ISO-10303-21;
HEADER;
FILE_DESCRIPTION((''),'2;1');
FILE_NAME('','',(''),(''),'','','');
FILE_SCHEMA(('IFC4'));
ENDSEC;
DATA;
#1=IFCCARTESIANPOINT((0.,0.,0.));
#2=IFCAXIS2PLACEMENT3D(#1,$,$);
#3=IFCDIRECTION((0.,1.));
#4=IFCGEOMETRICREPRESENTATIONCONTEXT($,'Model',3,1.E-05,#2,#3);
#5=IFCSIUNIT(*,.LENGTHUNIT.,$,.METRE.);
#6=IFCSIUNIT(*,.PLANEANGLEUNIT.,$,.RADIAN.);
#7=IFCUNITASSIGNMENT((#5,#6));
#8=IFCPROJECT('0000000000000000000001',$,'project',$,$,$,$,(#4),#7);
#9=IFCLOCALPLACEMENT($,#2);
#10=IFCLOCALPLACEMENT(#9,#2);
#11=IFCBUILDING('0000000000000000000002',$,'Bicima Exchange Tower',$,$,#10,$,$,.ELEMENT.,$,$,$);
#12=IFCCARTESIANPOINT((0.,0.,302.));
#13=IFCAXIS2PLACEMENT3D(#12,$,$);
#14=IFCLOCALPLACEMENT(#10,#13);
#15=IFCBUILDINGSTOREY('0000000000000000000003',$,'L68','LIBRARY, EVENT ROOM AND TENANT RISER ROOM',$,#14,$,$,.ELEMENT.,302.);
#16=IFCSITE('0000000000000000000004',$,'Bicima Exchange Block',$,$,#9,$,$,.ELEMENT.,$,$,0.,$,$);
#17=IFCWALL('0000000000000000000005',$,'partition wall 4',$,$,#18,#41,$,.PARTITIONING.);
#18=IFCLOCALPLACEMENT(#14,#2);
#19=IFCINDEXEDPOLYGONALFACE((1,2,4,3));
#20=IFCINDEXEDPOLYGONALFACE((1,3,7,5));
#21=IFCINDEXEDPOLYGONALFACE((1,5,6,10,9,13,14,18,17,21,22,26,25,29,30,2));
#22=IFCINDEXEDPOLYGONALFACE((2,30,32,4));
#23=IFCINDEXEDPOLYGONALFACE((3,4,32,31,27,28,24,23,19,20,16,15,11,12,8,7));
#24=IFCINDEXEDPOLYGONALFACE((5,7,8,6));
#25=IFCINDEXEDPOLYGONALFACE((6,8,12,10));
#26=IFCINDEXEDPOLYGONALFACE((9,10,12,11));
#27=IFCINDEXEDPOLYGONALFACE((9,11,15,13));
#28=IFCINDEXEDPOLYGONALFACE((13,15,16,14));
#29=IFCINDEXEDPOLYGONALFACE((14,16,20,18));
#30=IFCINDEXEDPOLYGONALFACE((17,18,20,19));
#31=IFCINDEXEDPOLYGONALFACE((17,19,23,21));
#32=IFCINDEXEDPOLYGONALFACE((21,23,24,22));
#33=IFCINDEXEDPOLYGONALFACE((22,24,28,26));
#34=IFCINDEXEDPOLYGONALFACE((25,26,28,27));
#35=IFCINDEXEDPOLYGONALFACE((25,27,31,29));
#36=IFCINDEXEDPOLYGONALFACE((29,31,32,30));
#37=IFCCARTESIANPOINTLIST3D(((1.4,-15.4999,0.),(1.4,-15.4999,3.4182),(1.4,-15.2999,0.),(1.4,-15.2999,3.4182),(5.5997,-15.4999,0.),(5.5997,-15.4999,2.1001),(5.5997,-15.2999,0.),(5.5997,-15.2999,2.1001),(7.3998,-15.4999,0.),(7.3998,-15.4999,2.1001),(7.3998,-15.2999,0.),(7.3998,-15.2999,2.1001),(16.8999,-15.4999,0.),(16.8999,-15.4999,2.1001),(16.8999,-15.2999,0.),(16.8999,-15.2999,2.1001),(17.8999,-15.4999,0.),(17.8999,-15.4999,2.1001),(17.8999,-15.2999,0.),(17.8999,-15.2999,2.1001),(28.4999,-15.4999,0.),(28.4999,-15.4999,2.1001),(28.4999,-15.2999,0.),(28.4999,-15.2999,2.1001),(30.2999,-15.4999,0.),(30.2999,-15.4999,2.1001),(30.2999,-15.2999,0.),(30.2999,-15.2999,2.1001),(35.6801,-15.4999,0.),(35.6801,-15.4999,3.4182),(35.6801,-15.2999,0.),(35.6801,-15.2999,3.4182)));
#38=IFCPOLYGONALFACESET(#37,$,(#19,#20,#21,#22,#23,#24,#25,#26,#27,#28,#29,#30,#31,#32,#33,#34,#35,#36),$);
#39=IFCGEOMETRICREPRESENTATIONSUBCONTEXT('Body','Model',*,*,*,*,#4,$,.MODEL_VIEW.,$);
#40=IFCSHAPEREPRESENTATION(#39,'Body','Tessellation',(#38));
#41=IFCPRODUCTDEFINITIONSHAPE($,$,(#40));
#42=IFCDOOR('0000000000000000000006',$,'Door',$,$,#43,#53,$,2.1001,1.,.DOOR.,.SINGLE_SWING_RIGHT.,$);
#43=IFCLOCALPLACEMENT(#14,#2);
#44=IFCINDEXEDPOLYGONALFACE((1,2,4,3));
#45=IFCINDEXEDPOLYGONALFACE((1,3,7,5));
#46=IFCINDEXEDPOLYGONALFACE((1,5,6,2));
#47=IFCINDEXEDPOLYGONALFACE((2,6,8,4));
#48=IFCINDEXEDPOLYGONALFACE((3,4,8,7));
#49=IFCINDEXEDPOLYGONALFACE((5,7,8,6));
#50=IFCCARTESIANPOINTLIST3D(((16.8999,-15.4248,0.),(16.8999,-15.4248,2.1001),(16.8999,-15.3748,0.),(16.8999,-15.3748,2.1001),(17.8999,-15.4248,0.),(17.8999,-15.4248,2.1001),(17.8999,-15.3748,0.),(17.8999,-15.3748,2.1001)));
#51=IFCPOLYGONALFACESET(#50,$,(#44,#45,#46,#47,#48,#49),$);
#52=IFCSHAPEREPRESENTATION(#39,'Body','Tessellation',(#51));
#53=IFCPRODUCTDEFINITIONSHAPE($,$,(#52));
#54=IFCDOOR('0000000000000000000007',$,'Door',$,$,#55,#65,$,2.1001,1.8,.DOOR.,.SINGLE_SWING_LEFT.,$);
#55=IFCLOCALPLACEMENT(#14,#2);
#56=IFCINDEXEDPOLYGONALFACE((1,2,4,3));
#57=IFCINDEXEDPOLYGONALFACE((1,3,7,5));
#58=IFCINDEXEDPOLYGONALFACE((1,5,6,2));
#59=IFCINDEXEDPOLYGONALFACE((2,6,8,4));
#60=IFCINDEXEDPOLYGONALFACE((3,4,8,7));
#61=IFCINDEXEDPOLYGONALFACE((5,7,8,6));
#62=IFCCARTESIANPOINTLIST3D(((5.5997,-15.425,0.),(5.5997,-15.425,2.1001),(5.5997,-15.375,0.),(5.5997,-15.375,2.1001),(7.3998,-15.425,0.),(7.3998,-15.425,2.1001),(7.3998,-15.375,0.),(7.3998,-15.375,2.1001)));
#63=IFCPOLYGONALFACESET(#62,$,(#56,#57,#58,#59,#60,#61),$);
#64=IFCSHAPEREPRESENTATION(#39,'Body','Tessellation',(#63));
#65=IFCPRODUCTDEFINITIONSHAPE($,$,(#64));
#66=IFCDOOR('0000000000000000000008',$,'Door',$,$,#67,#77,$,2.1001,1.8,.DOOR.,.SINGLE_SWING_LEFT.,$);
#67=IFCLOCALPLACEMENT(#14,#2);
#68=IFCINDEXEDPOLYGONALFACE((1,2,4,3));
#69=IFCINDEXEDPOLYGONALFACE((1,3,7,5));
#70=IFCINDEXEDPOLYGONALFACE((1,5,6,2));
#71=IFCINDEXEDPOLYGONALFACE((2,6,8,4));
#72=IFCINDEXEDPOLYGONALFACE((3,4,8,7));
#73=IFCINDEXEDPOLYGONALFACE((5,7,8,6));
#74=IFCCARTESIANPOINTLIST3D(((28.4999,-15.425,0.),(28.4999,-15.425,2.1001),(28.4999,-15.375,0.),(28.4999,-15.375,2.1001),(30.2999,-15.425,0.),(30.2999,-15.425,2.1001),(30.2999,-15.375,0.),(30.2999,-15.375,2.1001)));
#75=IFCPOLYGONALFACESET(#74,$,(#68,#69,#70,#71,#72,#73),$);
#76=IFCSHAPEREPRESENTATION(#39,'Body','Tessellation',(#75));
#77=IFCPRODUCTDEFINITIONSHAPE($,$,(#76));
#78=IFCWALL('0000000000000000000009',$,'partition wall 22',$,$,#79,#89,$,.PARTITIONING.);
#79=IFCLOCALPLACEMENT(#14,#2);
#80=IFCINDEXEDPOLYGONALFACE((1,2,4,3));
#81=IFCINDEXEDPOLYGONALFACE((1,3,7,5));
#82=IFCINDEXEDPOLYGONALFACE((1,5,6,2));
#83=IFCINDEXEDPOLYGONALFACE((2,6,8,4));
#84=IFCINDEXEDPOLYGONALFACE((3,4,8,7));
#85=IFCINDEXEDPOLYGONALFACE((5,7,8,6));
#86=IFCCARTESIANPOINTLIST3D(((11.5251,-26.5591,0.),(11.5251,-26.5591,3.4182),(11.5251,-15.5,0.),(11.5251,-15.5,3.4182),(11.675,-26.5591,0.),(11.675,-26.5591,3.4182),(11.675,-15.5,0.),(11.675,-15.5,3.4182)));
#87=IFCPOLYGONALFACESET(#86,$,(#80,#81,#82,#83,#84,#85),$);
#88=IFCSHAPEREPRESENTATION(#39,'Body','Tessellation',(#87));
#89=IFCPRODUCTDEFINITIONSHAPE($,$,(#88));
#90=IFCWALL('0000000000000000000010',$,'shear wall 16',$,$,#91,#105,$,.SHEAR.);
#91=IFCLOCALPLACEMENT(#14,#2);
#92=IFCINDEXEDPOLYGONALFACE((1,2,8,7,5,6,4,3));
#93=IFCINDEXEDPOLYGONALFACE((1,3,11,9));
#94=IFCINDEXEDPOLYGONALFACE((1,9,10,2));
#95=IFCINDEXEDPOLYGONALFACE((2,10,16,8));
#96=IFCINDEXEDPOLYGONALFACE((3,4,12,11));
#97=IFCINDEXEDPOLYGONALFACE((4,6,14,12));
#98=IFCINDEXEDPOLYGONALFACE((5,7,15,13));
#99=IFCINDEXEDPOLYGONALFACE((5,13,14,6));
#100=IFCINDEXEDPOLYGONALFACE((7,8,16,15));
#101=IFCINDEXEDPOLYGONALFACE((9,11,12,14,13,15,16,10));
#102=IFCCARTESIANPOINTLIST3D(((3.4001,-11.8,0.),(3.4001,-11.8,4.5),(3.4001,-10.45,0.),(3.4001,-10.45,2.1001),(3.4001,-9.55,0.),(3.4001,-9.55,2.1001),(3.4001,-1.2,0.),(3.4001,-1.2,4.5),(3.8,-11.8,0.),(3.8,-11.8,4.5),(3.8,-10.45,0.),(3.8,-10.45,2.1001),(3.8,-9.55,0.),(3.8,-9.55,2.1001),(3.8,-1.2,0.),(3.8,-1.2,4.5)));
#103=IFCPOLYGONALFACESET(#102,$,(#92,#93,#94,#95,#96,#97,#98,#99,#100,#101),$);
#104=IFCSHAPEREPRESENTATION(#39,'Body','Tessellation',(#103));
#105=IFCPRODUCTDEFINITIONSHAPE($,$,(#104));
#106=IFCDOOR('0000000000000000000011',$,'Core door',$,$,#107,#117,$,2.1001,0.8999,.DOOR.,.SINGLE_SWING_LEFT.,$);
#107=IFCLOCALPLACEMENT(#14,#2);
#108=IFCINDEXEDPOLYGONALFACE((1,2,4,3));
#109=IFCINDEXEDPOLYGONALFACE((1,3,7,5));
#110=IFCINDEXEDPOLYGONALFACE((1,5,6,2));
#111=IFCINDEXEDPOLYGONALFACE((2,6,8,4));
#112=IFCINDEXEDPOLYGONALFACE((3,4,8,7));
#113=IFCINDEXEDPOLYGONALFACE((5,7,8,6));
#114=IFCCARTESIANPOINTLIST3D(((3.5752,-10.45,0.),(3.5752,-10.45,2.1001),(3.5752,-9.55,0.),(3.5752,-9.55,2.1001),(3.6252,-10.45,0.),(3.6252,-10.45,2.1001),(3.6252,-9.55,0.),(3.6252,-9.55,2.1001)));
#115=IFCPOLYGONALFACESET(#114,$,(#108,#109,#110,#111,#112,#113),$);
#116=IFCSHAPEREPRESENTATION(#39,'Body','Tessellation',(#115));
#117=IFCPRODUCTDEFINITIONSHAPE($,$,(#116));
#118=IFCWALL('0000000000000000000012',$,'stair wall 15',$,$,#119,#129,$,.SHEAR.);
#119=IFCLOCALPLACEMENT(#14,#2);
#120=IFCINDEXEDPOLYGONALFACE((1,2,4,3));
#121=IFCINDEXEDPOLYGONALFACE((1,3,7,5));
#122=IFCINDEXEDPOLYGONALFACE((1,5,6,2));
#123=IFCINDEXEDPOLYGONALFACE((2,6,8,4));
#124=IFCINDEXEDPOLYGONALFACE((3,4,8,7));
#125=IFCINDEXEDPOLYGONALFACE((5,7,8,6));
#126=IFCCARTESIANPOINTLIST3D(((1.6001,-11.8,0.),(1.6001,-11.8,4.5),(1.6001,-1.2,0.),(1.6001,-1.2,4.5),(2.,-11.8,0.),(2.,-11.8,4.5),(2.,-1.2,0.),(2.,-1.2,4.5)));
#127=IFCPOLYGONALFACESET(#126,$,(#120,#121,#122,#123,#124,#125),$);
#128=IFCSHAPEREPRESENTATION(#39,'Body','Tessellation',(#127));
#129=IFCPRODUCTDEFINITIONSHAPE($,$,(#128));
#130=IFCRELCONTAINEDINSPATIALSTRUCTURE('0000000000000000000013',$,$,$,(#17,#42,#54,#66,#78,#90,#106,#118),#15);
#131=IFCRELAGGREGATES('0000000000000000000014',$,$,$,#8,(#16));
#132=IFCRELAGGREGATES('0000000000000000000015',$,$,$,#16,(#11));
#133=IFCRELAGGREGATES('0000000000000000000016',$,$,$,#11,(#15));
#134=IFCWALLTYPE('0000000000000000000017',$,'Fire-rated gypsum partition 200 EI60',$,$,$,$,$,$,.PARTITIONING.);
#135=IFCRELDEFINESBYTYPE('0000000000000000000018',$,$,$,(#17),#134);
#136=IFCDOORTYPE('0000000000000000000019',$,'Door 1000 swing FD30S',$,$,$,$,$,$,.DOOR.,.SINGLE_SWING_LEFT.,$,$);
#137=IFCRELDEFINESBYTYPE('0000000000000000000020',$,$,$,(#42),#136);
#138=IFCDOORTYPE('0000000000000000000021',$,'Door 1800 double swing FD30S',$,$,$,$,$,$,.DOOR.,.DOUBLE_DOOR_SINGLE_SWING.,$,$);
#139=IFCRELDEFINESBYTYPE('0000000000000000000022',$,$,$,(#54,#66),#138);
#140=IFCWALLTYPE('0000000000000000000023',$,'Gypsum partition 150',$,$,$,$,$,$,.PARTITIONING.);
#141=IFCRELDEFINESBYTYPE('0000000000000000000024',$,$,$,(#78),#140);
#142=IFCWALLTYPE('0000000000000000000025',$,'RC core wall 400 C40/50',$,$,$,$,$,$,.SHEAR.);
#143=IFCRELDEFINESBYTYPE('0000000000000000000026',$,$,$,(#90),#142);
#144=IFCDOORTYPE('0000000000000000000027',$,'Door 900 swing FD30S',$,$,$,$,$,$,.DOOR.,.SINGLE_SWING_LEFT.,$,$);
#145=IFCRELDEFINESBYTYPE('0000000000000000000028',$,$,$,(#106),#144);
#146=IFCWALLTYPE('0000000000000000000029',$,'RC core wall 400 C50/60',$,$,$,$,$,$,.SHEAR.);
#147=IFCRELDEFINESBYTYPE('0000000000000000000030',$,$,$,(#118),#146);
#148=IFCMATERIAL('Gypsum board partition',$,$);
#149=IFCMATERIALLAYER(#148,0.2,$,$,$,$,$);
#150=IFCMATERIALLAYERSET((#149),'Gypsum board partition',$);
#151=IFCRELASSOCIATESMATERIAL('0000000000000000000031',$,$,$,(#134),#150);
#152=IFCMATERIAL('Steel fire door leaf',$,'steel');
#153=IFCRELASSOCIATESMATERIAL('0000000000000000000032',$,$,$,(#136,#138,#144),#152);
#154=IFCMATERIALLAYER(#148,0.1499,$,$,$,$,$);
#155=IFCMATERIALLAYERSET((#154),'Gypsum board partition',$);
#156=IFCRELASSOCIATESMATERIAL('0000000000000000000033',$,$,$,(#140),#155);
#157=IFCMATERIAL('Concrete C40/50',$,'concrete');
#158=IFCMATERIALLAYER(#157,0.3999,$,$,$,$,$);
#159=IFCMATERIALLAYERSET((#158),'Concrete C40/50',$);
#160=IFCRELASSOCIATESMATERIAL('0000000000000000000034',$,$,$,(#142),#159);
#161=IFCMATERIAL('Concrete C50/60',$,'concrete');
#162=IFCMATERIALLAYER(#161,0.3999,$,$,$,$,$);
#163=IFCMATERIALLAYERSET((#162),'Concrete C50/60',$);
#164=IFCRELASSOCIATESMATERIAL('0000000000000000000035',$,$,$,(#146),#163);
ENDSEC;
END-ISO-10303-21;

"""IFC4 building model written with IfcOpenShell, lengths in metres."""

from ifc_helpers import new_model, si_unit, direction, frame, frame_2d, origin, place, context, subcontext, project, spatial, rectangle, extrude, material, layer, layer_set, type_object, element, fill, save


model = new_model("IFC4")

# Units and contexts
model_context = context("Model", 3, precision=1e-05, world=origin(), true_north=direction((0.0, 1.0)))
body_context = subcontext(model_context, "Body", "Model", "MODEL_VIEW")
ifc_project = project(units=[si_unit("LENGTHUNIT", "METRE"), si_unit("PLANEANGLEUNIT", "RADIAN")], contexts=[model_context])

# Site, building, storey
site_placement = place(None, origin())
site = spatial("IfcSite", under=ifc_project, at=site_placement, Name="Bicima Exchange Block", CompositionType="ELEMENT", RefElevation=0.0)
building_placement = place(site_placement, origin())
building = spatial("IfcBuilding", under=site, at=building_placement, Name="Bicima Exchange Tower", CompositionType="ELEMENT")
storey_placement = place(building_placement, frame((0.0, 0.0, 302.0)))
storey = spatial("IfcBuildingStorey", under=building, at=storey_placement, Name="L68", Description="LIBRARY, EVENT ROOM AND TENANT RISER ROOM", CompositionType="ELEMENT", Elevation=302.0)

# Wall, openings, doors
ifc_material_1 = material(Name="Gypsum board partition")
ifc_layer_1 = layer(ifc_material_1, 0.2)
ifc_layer_set_1 = layer_set([ifc_layer_1], Name="Gypsum board partition")
wall_type_1 = type_object("IfcWallType", Name="Fire-rated gypsum partition 200 EI60", PredefinedType="PARTITIONING", material=ifc_layer_set_1)
wall_1_placement = place(storey_placement, frame((1.3999, -15.3999, 0.0), z_axis=(0.0, 0.0, 1.0), x_axis=(1.0, 0.0, 0.0)))
wall_1 = element("IfcWall", 1, at=wall_1_placement, inside=storey, type_object=wall_type_1, Name="partition wall 4", PredefinedType="PARTITIONING", context=body_context, shape_type="SweptSolid", body=[
    extrude(rectangle(XDim=34.28, YDim=0.2, at=frame_2d((17.1401, 0.0))), origin(), (0.0, 0.0, 1.0), 3.4182),
])
opening_1_placement = place(wall_1_placement, frame((4.2, 0.0, 0.0)))
opening_1 = element("IfcOpeningElement", 2, at=opening_1_placement, cuts=wall_1, PredefinedType="OPENING", context=body_context, shape_type="SweptSolid", body=[
    extrude(rectangle(XDim=1.8, YDim=2.1001, at=frame_2d((0.8999, 1.05))), frame((0.0, 0.1118, 0.0), z_axis=(0.0, -1.0, 0.0), x_axis=(1.0, 0.0, 0.0)), (0.0, 0.0, 1.0), 0.2239),
])
opening_2_placement = place(wall_1_placement, frame((15.5, 0.0, 0.0)))
opening_2 = element("IfcOpeningElement", 3, at=opening_2_placement, cuts=wall_1, PredefinedType="OPENING", context=body_context, shape_type="SweptSolid", body=[
    extrude(rectangle(XDim=1.0, YDim=2.1001, at=frame_2d((0.5, 1.05))), frame((0.0, 0.1118, 0.0), z_axis=(0.0, -1.0, 0.0), x_axis=(1.0, 0.0, 0.0)), (0.0, 0.0, 1.0), 0.2239),
])
opening_3_placement = place(wall_1_placement, frame((27.1001, 0.0, 0.0)))
opening_3 = element("IfcOpeningElement", 4, at=opening_3_placement, cuts=wall_1, PredefinedType="OPENING", context=body_context, shape_type="SweptSolid", body=[
    extrude(rectangle(XDim=1.8, YDim=2.1001, at=frame_2d((0.8999, 1.05))), frame((0.0, 0.1118, 0.0), z_axis=(0.0, -1.0, 0.0), x_axis=(1.0, 0.0, 0.0)), (0.0, 0.0, 1.0), 0.2239),
])
ifc_material_2 = material(Name="Steel fire door leaf", Category="steel")
door_type_1 = type_object("IfcDoorType", Name="Door 1000 swing FD30S", OperationType="SINGLE_SWING_LEFT", PredefinedType="DOOR", material=ifc_material_2)
door_1_placement = place(opening_2_placement, frame((1.0, 0.0, 0.0), z_axis=(0.0, 0.0, 1.0), x_axis=(-1.0, 0.0, 0.0)))
door_1 = element("IfcDoor", 5, at=door_1_placement, inside=storey, type_object=door_type_1, Name="Door", OperationType="SINGLE_SWING_RIGHT", OverallHeight=2.1001, OverallWidth=1.0, PredefinedType="DOOR", context=body_context, shape_type="SweptSolid", body=[
    extrude(rectangle(XDim=1.0, YDim=2.1001, at=frame_2d((0.5, 1.05))), frame((0.0, 0.0249, 0.0), z_axis=(0.0, -1.0, 0.0), x_axis=(1.0, 0.0, 0.0)), (0.0, 0.0, 1.0), 0.05),
])
fill(opening_2, door_1)
door_type_2 = type_object("IfcDoorType", Name="Door 1800 double swing FD30S", OperationType="DOUBLE_DOOR_SINGLE_SWING", PredefinedType="DOOR", material=ifc_material_2)
door_2_placement = place(opening_1_placement, origin())
door_2 = element("IfcDoor", 6, at=door_2_placement, inside=storey, type_object=door_type_2, Name="Door", OperationType="SINGLE_SWING_LEFT", OverallHeight=2.1001, OverallWidth=1.8, PredefinedType="DOOR", context=body_context, shape_type="SweptSolid", body=[
    extrude(rectangle(XDim=1.8, YDim=2.1001, at=frame_2d((0.8999, 1.05))), frame((0.0, 0.0249, 0.0), z_axis=(0.0, -1.0, 0.0), x_axis=(1.0, 0.0, 0.0)), (0.0, 0.0, 1.0), 0.05),
])
fill(opening_1, door_2)
door_3_placement = place(opening_3_placement, origin())
door_3 = element("IfcDoor", 7, at=door_3_placement, inside=storey, type_object=door_type_2, Name="Door", OperationType="SINGLE_SWING_LEFT", OverallHeight=2.1001, OverallWidth=1.8, PredefinedType="DOOR", context=body_context, shape_type="SweptSolid", body=[
    extrude(rectangle(XDim=1.8, YDim=2.1001, at=frame_2d((0.8999, 1.05))), frame((0.0, 0.0249, 0.0), z_axis=(0.0, -1.0, 0.0), x_axis=(1.0, 0.0, 0.0)), (0.0, 0.0, 1.0), 0.05),
])
fill(opening_3, door_3)

# Wall
ifc_layer_2 = layer(ifc_material_1, 0.1499)
ifc_layer_set_2 = layer_set([ifc_layer_2], Name="Gypsum board partition")
wall_type_2 = type_object("IfcWallType", Name="Gypsum partition 150", PredefinedType="PARTITIONING", material=ifc_layer_set_2)
wall_2_placement = place(storey_placement, frame((11.6001, -26.5591, 0.0), z_axis=(0.0, 0.0, 1.0), x_axis=(0.0, 1.0, 0.0)))
element("IfcWall", 8, at=wall_2_placement, inside=storey, type_object=wall_type_2, Name="partition wall 22", PredefinedType="PARTITIONING", context=body_context, shape_type="SweptSolid", body=[
    extrude(rectangle(XDim=11.0591, YDim=0.1499, at=frame_2d((5.5295, 0.0))), origin(), (0.0, 0.0, 1.0), 3.4182),
])

# Wall, opening, door
ifc_material_3 = material(Name="Concrete C40/50", Category="concrete")
ifc_layer_3 = layer(ifc_material_3, 0.3999)
ifc_layer_set_3 = layer_set([ifc_layer_3], Name="Concrete C40/50")
wall_type_3 = type_object("IfcWallType", Name="RC core wall 400 C40/50", PredefinedType="SHEAR", material=ifc_layer_set_3)
wall_3_placement = place(storey_placement, frame((3.6001, -11.8, 0.0), z_axis=(0.0, 0.0, 1.0), x_axis=(0.0, 1.0, 0.0)))
wall_3 = element("IfcWall", 9, at=wall_3_placement, inside=storey, type_object=wall_type_3, Name="shear wall 16", PredefinedType="SHEAR", context=body_context, shape_type="SweptSolid", body=[
    extrude(rectangle(XDim=10.6001, YDim=0.3999, at=frame_2d((5.3, 0.0))), origin(), (0.0, 0.0, 1.0), 4.5),
])
opening_4_placement = place(wall_3_placement, frame((1.3501, 0.0, 0.0)))
opening_4 = element("IfcOpeningElement", 10, at=opening_4_placement, cuts=wall_3, PredefinedType="OPENING", context=body_context, shape_type="SweptSolid", body=[
    extrude(rectangle(XDim=0.8999, YDim=2.1001, at=frame_2d((0.45, 1.05))), frame((0.0, 0.2119, 0.0), z_axis=(0.0, -1.0, 0.0), x_axis=(1.0, 0.0, 0.0)), (0.0, 0.0, 1.0), 0.4238),
])
door_type_3 = type_object("IfcDoorType", Name="Door 900 swing FD30S", OperationType="SINGLE_SWING_LEFT", PredefinedType="DOOR", material=ifc_material_2)
door_4_placement = place(opening_4_placement, origin())
door_4 = element("IfcDoor", 11, at=door_4_placement, inside=storey, type_object=door_type_3, Name="Core door", OperationType="SINGLE_SWING_LEFT", OverallHeight=2.1001, OverallWidth=0.8999, PredefinedType="DOOR", context=body_context, shape_type="SweptSolid", body=[
    extrude(rectangle(XDim=0.8999, YDim=2.1001, at=frame_2d((0.45, 1.05))), frame((0.0, 0.0249, 0.0), z_axis=(0.0, -1.0, 0.0), x_axis=(1.0, 0.0, 0.0)), (0.0, 0.0, 1.0), 0.05),
])
fill(opening_4, door_4)

# Wall
ifc_material_4 = material(Name="Concrete C50/60", Category="concrete")
ifc_layer_4 = layer(ifc_material_4, 0.3999)
ifc_layer_set_4 = layer_set([ifc_layer_4], Name="Concrete C50/60")
wall_type_4 = type_object("IfcWallType", Name="RC core wall 400 C50/60", PredefinedType="SHEAR", material=ifc_layer_set_4)
wall_4_placement = place(storey_placement, frame((1.8, -11.8, 0.0), z_axis=(0.0, 0.0, 1.0), x_axis=(0.0, 1.0, 0.0)))
element("IfcWall", 12, at=wall_4_placement, inside=storey, type_object=wall_type_4, Name="stair wall 15", PredefinedType="SHEAR", context=body_context, shape_type="SweptSolid", body=[
    extrude(rectangle(XDim=10.6001, YDim=0.3999, at=frame_2d((5.3, 0.0))), origin(), (0.0, 0.0, 1.0), 4.5),
])

save(model, "model.ifc")
